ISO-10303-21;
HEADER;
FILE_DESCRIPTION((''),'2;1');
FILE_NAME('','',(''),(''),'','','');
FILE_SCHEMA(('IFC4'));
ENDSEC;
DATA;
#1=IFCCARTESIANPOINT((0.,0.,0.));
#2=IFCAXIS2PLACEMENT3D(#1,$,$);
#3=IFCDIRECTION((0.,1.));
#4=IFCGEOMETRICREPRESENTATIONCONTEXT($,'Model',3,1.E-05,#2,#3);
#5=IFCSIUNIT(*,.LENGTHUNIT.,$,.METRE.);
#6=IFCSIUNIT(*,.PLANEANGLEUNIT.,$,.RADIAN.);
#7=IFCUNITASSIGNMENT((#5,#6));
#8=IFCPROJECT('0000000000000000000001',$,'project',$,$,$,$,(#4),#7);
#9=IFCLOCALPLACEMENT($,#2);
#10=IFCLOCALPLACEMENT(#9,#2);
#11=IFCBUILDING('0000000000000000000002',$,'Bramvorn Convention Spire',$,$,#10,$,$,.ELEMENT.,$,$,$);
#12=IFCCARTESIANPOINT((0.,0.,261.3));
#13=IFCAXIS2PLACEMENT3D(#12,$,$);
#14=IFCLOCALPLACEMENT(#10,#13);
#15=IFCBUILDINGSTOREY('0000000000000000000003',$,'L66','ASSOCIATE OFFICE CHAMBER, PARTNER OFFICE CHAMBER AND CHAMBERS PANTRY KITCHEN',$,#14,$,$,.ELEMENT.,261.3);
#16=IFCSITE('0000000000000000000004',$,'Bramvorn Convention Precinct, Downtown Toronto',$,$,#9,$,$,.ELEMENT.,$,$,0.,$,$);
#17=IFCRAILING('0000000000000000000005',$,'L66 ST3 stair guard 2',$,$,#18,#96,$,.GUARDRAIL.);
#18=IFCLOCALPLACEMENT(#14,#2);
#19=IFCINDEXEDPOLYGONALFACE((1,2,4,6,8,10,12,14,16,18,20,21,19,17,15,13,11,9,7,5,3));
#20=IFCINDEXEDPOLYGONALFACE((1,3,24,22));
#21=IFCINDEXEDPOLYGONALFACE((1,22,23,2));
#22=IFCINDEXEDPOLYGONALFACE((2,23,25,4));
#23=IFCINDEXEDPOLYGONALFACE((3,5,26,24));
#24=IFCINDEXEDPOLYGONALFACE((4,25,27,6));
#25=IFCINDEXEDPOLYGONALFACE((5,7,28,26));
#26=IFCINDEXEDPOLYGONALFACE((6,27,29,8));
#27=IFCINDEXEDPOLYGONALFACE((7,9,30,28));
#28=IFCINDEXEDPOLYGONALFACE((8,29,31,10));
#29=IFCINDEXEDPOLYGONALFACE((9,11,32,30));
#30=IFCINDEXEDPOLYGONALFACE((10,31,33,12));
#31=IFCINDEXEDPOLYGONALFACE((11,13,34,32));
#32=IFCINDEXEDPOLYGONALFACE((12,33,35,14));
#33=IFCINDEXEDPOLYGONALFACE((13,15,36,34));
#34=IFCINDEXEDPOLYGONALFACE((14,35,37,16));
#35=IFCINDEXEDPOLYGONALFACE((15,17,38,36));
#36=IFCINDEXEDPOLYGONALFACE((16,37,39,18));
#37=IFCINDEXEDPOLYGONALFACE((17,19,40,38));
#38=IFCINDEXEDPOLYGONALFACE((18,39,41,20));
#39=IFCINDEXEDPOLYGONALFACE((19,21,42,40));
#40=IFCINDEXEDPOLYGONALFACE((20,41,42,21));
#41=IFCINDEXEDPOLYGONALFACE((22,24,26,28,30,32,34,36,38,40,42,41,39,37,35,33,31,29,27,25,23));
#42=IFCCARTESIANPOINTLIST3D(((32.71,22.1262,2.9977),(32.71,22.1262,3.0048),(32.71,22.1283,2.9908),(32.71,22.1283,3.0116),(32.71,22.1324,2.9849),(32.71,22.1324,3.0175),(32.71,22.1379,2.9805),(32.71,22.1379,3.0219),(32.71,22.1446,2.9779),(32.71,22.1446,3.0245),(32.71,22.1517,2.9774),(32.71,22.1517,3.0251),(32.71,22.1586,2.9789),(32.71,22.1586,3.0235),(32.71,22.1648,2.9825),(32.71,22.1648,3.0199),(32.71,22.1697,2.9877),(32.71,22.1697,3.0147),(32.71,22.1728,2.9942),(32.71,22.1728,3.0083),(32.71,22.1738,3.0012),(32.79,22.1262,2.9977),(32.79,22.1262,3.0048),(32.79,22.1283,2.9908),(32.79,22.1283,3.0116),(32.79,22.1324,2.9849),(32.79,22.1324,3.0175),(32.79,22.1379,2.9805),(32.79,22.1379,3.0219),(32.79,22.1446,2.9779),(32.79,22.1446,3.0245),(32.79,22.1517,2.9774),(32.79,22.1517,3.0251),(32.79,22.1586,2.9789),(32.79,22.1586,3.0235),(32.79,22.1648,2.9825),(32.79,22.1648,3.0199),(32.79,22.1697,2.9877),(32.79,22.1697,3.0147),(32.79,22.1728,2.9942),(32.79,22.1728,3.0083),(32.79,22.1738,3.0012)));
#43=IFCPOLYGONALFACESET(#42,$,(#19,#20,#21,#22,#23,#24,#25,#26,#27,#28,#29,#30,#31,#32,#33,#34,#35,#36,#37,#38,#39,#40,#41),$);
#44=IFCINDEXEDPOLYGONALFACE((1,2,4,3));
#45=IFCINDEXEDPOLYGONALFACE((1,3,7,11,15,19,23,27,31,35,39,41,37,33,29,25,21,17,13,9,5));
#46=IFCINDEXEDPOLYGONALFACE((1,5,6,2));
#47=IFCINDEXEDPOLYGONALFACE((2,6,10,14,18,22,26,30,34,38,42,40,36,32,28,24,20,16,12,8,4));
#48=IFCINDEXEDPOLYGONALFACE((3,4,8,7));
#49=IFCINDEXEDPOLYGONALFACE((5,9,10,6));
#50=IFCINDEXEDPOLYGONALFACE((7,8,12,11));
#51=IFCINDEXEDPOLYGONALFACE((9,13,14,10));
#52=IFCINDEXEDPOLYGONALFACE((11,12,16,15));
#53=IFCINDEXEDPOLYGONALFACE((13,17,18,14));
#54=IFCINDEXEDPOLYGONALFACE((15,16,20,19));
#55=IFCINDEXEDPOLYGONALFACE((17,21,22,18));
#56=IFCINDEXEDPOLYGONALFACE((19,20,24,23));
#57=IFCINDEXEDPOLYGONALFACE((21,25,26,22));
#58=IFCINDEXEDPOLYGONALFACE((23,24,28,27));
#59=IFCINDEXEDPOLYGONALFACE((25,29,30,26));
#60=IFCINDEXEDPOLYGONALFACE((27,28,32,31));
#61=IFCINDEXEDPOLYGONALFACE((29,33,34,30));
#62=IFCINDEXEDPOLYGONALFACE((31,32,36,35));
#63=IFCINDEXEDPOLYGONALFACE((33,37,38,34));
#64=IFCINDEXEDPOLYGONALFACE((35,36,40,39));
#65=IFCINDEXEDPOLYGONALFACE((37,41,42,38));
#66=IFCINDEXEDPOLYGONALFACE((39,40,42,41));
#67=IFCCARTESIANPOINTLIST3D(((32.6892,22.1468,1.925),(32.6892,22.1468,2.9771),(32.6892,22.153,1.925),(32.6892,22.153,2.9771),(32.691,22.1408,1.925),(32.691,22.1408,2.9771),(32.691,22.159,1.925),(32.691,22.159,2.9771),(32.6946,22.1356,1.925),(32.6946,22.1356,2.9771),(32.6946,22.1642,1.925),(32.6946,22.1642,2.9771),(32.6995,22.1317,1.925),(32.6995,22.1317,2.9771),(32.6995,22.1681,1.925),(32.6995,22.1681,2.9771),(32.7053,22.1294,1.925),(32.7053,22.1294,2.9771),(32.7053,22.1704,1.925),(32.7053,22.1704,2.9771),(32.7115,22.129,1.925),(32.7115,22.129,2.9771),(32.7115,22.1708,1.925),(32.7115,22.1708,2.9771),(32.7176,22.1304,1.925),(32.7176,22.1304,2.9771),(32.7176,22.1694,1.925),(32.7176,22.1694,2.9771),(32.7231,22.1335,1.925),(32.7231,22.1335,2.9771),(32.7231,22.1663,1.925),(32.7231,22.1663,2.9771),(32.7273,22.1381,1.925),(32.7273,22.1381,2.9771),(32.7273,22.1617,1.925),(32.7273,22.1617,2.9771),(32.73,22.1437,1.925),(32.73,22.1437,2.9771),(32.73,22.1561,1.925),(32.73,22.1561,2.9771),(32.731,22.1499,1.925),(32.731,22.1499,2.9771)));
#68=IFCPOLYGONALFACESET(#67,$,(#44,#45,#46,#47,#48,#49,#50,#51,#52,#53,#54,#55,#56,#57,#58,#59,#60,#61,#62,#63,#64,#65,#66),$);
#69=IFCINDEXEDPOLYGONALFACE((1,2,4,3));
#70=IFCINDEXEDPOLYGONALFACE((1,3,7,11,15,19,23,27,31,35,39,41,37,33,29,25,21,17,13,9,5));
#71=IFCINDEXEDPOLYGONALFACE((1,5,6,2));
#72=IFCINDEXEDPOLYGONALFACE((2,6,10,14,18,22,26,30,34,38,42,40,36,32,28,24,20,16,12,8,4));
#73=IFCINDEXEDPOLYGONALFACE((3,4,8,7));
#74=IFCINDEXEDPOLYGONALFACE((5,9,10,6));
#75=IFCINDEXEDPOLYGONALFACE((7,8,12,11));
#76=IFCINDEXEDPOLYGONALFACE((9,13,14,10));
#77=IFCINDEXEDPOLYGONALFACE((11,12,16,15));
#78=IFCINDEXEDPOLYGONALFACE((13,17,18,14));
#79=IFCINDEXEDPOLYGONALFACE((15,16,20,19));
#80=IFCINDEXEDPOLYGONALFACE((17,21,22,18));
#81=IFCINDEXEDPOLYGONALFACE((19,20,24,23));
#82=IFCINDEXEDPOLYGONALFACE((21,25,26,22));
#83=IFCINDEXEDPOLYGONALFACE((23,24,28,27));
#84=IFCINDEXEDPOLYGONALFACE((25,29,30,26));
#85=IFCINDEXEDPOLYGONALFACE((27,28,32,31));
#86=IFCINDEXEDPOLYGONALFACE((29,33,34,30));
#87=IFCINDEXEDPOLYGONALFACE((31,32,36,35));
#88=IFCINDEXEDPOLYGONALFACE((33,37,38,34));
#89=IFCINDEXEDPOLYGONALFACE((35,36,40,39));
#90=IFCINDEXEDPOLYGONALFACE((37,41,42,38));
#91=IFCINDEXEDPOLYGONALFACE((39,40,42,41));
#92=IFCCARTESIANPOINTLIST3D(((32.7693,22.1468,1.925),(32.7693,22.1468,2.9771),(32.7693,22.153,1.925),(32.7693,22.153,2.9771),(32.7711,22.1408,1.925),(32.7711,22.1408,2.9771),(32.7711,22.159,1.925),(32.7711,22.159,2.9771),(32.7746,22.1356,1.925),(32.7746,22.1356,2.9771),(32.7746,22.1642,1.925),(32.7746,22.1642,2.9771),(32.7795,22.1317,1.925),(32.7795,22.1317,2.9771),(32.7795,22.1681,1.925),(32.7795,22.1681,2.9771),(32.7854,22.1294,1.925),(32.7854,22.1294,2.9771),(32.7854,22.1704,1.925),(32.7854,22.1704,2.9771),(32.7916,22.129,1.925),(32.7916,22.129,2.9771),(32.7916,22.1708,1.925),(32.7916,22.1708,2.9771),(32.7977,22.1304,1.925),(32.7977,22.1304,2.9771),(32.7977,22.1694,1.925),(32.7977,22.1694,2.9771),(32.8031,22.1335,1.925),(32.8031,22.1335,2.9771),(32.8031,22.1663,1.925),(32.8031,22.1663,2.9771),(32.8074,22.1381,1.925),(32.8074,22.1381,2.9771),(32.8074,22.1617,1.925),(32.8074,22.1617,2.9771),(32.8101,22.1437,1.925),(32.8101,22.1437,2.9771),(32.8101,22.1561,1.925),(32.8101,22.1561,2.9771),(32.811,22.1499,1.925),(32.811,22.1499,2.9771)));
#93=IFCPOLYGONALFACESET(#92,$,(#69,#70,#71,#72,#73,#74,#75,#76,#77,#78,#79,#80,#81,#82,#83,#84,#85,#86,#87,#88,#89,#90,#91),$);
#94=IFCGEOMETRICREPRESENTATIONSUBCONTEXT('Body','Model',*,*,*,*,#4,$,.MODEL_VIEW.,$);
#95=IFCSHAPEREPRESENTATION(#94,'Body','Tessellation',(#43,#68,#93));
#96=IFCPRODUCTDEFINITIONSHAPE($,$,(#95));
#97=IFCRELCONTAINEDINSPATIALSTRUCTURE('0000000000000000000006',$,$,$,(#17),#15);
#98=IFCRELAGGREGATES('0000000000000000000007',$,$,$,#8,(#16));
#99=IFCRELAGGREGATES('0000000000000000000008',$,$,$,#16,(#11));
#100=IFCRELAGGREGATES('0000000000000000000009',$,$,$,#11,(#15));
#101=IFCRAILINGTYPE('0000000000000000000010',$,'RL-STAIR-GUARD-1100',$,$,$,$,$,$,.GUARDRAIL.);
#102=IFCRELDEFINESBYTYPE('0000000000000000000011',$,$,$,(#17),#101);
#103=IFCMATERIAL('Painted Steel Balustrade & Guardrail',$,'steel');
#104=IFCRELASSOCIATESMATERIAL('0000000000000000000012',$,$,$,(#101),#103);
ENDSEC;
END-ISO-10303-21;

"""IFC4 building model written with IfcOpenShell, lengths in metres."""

from ifc_helpers import new_model, si_unit, direction, frame, origin, origin_2d, place, context, subcontext, project, spatial, circle, extrude, material, type_object, element, save


model = new_model("IFC4")

# Units and contexts
model_context = context("Model", 3, precision=1e-05, world=origin(), true_north=direction((0.0, 1.0)))
body_context = subcontext(model_context, "Body", "Model", "MODEL_VIEW")
ifc_project = project(units=[si_unit("LENGTHUNIT", "METRE"), si_unit("PLANEANGLEUNIT", "RADIAN")], contexts=[model_context])

# Site, building, storey
site_placement = place(None, origin())
site = spatial("IfcSite", under=ifc_project, at=site_placement, Name="Bramvorn Convention Precinct, Downtown Toronto", CompositionType="ELEMENT", RefElevation=0.0)
building_placement = place(site_placement, origin())
building = spatial("IfcBuilding", under=site, at=building_placement, Name="Bramvorn Convention Spire", CompositionType="ELEMENT")
storey_placement = place(building_placement, frame((0.0, 0.0, 261.3)))
storey = spatial("IfcBuildingStorey", under=building, at=storey_placement, Name="L66", Description="ASSOCIATE OFFICE CHAMBER, PARTNER OFFICE CHAMBER AND CHAMBERS PANTRY KITCHEN", CompositionType="ELEMENT", Elevation=261.3)

# Railing
ifc_material_1 = material(Name="Painted Steel Balustrade & Guardrail", Category="steel")
railing_type_1 = type_object("IfcRailingType", Name="RL-STAIR-GUARD-1100", PredefinedType="GUARDRAIL", material=ifc_material_1)
railing_1_placement = place(storey_placement, frame((32.71, 22.1499, 1.925)))
element("IfcRailing", 1, at=railing_1_placement, inside=storey, type_object=railing_type_1, Name="L66 ST3 stair guard 2", PredefinedType="GUARDRAIL", context=body_context, shape_type="SweptSolid", body=[
    extrude(circle(Radius=0.0239, at=origin_2d()), frame((0.0, 0.0, 1.0762), z_axis=(1.0, 0.0, 0.0), x_axis=(0.0, 1.0, 0.0)), (0.0, 0.0, 1.0), 0.0801),
    extrude(circle(Radius=0.021, at=origin_2d()), origin(), (0.0, 0.0, 1.0), 1.052),
    extrude(circle(Radius=0.021, at=origin_2d()), frame((0.0801, 0.0, 0.0)), (0.0, 0.0, 1.0), 1.052),
])

save(model, "model.ifc")
